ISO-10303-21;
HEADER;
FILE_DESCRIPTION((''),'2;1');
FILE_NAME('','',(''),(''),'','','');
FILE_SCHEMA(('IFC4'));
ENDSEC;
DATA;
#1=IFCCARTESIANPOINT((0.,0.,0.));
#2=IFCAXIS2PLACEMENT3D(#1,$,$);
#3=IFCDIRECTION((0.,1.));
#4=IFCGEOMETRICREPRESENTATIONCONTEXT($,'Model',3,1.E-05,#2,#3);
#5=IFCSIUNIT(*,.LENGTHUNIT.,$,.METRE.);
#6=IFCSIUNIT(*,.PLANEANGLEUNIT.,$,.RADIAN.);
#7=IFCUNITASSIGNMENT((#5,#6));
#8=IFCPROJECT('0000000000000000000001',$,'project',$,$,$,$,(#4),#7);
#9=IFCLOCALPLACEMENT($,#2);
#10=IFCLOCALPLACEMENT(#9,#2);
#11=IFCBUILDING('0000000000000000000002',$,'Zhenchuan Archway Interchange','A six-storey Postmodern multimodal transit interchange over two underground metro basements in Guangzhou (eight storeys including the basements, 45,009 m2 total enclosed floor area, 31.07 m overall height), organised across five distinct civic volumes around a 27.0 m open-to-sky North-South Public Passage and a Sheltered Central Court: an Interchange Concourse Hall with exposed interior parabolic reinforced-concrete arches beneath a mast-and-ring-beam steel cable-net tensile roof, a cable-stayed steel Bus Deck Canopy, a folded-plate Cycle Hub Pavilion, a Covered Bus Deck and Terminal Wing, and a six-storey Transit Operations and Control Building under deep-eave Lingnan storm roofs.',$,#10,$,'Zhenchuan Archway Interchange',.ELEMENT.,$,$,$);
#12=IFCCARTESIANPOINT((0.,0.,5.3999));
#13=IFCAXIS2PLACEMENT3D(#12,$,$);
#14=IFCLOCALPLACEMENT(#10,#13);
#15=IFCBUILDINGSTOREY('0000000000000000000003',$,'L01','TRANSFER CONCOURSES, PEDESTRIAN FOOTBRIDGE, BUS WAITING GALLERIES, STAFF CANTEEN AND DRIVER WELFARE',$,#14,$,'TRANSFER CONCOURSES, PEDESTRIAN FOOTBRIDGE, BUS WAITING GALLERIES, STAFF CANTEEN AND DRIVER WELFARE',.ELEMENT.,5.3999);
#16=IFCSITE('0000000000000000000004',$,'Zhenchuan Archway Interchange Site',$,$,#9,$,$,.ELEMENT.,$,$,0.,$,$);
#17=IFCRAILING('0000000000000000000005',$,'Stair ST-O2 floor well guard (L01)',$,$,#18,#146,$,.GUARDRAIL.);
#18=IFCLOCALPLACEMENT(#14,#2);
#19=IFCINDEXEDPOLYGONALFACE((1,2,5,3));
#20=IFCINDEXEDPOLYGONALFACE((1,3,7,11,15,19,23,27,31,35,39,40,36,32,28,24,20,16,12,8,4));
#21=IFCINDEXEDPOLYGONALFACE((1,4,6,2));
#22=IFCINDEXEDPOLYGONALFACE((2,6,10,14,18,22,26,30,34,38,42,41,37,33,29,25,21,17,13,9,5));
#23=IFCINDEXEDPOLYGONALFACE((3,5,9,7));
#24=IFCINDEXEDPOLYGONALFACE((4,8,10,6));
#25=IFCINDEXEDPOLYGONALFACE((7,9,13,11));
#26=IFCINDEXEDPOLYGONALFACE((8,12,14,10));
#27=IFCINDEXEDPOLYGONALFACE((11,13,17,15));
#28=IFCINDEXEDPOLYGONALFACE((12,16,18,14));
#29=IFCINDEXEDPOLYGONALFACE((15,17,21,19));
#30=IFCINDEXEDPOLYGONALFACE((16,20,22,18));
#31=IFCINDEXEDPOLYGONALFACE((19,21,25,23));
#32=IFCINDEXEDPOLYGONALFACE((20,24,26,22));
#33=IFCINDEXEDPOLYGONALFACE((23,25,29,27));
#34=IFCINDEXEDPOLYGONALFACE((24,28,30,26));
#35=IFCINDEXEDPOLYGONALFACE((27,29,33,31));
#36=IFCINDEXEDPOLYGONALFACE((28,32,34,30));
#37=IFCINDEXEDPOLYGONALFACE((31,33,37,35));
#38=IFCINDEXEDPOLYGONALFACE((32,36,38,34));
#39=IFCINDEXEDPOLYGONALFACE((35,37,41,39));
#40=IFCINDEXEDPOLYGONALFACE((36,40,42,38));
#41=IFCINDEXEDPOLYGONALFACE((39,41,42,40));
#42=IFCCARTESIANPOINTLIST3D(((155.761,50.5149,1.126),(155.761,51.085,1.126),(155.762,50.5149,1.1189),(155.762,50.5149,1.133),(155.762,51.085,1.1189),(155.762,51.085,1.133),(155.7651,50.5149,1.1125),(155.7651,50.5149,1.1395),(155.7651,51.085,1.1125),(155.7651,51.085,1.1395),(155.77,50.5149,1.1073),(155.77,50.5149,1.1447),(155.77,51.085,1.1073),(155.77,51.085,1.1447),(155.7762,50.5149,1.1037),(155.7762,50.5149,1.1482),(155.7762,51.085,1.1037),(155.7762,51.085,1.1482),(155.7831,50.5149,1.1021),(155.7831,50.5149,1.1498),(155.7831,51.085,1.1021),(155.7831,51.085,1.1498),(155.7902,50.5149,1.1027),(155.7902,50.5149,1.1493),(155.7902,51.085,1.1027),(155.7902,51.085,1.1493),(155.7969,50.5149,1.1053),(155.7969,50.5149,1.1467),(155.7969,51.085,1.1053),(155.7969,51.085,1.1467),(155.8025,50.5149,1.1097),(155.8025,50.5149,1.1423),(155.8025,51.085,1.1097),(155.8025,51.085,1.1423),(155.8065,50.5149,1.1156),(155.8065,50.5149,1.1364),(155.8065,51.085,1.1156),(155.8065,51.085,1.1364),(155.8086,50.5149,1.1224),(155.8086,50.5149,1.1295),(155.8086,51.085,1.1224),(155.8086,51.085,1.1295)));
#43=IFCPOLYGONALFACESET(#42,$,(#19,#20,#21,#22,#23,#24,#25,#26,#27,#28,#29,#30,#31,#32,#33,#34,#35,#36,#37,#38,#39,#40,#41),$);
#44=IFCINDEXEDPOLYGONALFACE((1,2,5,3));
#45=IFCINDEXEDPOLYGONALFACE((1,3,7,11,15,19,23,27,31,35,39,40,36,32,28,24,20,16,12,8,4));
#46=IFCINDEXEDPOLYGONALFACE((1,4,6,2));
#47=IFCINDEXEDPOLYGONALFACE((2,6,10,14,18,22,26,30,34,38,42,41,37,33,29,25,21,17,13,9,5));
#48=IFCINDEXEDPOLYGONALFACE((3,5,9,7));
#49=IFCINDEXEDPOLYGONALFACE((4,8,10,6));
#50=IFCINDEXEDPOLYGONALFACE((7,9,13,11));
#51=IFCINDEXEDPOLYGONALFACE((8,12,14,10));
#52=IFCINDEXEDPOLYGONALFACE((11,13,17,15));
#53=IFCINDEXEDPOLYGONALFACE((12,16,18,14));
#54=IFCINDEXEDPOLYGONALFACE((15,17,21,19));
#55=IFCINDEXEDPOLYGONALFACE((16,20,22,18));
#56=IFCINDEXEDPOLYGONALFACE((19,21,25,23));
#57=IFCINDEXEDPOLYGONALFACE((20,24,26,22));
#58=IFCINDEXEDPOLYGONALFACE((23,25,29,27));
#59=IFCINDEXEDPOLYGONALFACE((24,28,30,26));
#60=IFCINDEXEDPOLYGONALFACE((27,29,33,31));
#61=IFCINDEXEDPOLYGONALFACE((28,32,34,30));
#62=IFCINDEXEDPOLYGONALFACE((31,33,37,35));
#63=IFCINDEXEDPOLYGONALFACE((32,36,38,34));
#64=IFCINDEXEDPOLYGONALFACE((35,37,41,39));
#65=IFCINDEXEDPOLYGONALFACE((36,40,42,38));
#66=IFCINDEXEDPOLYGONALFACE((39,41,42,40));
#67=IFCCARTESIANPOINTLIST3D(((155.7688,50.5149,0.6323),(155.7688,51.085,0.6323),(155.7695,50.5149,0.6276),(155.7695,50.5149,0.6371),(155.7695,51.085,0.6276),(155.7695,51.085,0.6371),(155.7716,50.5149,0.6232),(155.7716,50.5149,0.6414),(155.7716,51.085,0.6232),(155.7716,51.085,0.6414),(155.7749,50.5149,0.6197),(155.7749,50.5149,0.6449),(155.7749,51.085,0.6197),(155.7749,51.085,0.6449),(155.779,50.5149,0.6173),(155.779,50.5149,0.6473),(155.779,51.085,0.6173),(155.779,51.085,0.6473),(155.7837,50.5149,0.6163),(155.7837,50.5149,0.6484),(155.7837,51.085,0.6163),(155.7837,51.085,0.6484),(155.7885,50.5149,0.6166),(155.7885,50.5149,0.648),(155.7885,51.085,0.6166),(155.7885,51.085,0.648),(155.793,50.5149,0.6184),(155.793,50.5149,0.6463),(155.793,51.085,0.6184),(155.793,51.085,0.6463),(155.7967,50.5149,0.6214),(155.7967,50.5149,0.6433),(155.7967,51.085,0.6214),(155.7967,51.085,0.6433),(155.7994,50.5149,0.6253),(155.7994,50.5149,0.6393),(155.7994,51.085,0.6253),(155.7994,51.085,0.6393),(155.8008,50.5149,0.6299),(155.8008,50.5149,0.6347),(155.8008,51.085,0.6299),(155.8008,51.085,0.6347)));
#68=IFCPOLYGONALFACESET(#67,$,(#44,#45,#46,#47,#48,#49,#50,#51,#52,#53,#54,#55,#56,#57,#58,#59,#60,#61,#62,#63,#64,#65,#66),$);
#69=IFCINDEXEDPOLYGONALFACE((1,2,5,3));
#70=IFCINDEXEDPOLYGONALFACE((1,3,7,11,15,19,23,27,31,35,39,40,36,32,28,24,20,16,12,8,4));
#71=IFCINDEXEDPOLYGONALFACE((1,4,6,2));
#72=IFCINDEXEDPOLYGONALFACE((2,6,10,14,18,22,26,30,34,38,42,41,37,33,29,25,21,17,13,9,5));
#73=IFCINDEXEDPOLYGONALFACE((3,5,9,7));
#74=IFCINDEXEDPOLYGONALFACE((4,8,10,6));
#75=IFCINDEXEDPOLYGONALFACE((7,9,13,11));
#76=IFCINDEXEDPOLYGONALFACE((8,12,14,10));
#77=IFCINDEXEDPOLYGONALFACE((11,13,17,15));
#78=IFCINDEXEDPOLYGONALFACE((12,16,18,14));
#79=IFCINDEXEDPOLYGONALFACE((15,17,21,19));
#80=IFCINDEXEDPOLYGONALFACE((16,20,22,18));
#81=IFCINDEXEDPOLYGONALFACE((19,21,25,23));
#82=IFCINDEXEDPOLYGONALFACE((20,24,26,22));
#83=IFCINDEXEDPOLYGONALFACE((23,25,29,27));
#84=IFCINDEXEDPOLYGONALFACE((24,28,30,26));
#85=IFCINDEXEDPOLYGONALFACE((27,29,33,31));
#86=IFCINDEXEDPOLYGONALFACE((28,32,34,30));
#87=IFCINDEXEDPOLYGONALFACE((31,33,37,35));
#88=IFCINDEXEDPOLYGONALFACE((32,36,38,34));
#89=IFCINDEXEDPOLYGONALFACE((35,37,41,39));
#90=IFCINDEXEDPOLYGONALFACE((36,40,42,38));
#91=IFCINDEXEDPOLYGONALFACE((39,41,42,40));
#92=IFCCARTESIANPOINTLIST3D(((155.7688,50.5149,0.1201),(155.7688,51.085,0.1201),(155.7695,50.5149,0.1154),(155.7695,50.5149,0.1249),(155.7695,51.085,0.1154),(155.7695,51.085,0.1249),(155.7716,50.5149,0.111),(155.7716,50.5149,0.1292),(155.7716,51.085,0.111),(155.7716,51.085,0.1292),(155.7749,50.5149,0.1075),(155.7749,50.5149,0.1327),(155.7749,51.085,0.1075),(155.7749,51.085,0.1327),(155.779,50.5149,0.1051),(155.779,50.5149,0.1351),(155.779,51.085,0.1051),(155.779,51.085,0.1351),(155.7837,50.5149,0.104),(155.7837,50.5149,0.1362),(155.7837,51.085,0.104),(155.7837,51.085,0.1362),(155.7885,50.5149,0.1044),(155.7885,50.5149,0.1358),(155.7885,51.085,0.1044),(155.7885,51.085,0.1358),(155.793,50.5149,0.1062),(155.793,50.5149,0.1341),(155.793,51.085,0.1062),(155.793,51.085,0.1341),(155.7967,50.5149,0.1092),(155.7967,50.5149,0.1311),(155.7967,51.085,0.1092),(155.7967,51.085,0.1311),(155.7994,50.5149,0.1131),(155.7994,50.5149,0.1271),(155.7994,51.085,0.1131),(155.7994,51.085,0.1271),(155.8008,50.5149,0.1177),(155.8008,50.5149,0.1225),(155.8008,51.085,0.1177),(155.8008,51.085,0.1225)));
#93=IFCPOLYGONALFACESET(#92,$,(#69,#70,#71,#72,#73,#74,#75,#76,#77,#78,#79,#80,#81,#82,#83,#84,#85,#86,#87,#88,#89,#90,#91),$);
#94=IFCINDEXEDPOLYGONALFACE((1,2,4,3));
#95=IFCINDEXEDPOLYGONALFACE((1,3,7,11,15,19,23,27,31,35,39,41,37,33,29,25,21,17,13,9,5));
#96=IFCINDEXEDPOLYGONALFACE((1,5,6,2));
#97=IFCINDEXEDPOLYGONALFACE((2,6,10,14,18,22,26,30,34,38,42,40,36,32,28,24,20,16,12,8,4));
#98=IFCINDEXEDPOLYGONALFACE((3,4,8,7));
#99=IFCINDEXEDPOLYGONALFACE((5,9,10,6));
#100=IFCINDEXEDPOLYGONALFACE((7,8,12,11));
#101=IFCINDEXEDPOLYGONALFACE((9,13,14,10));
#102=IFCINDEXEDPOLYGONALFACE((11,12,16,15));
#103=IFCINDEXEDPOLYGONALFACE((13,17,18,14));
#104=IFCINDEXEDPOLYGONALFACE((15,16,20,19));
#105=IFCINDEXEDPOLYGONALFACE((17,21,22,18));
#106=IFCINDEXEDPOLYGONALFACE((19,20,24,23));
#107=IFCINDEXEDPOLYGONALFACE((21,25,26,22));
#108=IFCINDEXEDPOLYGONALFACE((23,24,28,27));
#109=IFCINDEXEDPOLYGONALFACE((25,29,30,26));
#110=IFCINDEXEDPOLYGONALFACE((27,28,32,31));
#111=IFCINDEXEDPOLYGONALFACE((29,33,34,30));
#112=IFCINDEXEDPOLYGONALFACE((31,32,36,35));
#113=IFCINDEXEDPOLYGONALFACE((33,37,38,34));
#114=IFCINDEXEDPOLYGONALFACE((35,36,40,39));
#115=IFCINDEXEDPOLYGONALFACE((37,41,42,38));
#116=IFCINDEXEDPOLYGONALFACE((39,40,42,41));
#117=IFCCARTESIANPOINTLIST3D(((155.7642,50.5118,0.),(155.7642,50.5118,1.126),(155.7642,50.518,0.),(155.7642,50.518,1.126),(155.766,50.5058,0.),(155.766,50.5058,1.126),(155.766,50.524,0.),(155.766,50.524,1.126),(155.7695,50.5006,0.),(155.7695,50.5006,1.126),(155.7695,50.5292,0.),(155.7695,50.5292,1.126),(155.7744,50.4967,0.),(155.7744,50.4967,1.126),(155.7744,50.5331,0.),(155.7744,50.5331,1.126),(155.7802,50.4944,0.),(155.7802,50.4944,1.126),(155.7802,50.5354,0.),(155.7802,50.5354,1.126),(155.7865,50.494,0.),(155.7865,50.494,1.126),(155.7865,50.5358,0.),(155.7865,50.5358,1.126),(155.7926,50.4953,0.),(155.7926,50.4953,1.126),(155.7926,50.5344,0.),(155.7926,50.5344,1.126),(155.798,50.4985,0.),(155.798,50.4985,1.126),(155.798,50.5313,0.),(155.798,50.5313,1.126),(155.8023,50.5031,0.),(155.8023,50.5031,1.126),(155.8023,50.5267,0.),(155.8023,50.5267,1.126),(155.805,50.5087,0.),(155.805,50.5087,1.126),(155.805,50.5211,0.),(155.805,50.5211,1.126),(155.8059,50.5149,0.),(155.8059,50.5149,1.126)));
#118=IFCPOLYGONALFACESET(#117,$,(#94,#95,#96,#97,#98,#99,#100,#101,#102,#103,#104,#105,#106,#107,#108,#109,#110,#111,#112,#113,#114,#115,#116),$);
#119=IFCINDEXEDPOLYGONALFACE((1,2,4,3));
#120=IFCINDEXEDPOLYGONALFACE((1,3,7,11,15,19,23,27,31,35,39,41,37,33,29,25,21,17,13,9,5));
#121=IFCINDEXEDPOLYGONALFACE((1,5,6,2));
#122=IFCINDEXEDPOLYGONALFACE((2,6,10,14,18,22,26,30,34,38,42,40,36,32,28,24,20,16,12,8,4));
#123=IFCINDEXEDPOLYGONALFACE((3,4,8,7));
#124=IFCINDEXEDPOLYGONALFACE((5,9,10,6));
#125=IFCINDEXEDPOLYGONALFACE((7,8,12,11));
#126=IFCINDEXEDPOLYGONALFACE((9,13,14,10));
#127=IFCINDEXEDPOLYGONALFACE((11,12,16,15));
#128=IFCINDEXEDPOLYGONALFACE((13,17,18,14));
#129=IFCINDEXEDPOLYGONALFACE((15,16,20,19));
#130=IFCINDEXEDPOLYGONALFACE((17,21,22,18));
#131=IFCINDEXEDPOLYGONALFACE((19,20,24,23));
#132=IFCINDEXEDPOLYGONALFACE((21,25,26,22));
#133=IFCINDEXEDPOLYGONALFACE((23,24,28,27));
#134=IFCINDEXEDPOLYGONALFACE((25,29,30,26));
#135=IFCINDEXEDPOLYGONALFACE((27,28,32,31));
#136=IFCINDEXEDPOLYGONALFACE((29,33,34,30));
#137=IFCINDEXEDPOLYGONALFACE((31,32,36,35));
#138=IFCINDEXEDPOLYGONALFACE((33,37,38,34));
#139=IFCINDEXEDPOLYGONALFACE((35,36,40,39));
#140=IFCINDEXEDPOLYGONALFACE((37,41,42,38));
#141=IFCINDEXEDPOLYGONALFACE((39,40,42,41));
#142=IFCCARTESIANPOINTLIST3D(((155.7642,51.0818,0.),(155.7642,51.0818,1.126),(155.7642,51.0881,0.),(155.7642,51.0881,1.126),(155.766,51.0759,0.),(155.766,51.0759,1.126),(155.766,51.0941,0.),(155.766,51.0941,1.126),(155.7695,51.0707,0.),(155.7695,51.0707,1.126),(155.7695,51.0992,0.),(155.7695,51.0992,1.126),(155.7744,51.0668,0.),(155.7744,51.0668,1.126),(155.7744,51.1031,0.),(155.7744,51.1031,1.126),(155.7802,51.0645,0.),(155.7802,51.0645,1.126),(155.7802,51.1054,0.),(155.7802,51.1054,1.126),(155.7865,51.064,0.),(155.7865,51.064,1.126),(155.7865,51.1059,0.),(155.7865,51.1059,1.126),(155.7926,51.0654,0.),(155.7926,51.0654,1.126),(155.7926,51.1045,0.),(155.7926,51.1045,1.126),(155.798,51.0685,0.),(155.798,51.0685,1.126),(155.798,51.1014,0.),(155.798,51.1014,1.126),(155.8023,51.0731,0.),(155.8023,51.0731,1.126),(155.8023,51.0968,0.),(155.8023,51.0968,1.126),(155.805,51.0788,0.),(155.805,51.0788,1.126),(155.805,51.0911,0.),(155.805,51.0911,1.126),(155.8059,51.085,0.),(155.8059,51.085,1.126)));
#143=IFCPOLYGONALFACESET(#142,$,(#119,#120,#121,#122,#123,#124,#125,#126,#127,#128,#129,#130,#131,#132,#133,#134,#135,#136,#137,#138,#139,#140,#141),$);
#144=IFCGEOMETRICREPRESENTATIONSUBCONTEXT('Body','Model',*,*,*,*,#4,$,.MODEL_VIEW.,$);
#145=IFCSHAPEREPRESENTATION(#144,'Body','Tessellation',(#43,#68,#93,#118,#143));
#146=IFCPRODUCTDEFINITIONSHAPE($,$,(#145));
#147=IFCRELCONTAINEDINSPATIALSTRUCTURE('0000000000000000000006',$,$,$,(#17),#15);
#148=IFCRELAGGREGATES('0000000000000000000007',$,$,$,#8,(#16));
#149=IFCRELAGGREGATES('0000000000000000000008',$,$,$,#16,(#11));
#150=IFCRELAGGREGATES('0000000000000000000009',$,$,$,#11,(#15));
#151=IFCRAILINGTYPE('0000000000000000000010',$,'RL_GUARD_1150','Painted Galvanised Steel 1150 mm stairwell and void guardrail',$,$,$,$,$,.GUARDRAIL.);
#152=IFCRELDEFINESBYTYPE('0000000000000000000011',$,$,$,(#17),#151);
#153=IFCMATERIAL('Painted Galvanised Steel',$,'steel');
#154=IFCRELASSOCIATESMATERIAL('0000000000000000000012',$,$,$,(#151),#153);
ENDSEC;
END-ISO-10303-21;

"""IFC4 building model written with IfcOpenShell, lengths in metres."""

from ifc_helpers import new_model, si_unit, direction, frame, origin, origin_2d, place, context, subcontext, project, spatial, circle, extrude, material, type_object, element, save


model = new_model("IFC4")

# Units and contexts
model_context = context("Model", 3, precision=1e-05, world=origin(), true_north=direction((0.0, 1.0)))
body_context = subcontext(model_context, "Body", "Model", "MODEL_VIEW")
ifc_project = project(units=[si_unit("LENGTHUNIT", "METRE"), si_unit("PLANEANGLEUNIT", "RADIAN")], contexts=[model_context])

# Site, building, storey
site_placement = place(None, origin())
site = spatial("IfcSite", under=ifc_project, at=site_placement, Name="Zhenchuan Archway Interchange Site", CompositionType="ELEMENT", RefElevation=0.0)
building_placement = place(site_placement, origin())
building = spatial("IfcBuilding", under=site, at=building_placement, Name="Zhenchuan Archway Interchange", Description="A six-storey Postmodern multimodal transit interchange over two underground metro basements in Guangzhou (eight storeys including the basements, 45,009 m2 total enclosed floor area, 31.07 m overall height), organised across five distinct civic volumes around a 27.0 m open-to-sky North-South Public Passage and a Sheltered Central Court: an Interchange Concourse Hall with exposed interior parabolic reinforced-concrete arches beneath a mast-and-ring-beam steel cable-net tensile roof, a cable-stayed steel Bus Deck Canopy, a folded-plate Cycle Hub Pavilion, a Covered Bus Deck and Terminal Wing, and a six-storey Transit Operations and Control Building under deep-eave Lingnan storm roofs.", LongName="Zhenchuan Archway Interchange", CompositionType="ELEMENT")
storey_placement = place(building_placement, frame((0.0, 0.0, 5.3999)))
storey = spatial("IfcBuildingStorey", under=building, at=storey_placement, Name="L01", Description="TRANSFER CONCOURSES, PEDESTRIAN FOOTBRIDGE, BUS WAITING GALLERIES, STAFF CANTEEN AND DRIVER WELFARE", LongName="TRANSFER CONCOURSES, PEDESTRIAN FOOTBRIDGE, BUS WAITING GALLERIES, STAFF CANTEEN AND DRIVER WELFARE", CompositionType="ELEMENT", Elevation=5.3999)

# Railing
ifc_material_1 = material(Name="Painted Galvanised Steel", Category="steel")
railing_type_1 = type_object("IfcRailingType", Name="RL_GUARD_1150", Description="Painted Galvanised Steel 1150 mm stairwell and void guardrail", PredefinedType="GUARDRAIL", material=ifc_material_1)
for number, where, name in (
    (1, (155.7849, 50.5149, 0.0), "Stair ST-O2 floor well guard (L01)"),
):
    element("IfcRailing", number, at=place(storey_placement, frame(where)), inside=storey, type_object=railing_type_1, Name=name, PredefinedType="GUARDRAIL", context=body_context, shape_type="SweptSolid", body=[
        extrude(circle(Radius=0.0239, at=origin_2d()), frame((0.0, 0.0, 1.126), z_axis=(0.0, 1.0, 0.0), x_axis=(-1.0, 0.0, 0.0)), (0.0, 0.0, 1.0), 0.5701),
        extrude(circle(Radius=0.0161, at=origin_2d()), frame((0.0, 0.0, 0.6323), z_axis=(0.0, 1.0, 0.0), x_axis=(-1.0, 0.0, 0.0)), (0.0, 0.0, 1.0), 0.5701),
        extrude(circle(Radius=0.0161, at=origin_2d()), frame((0.0, 0.0, 0.1201), z_axis=(0.0, 1.0, 0.0), x_axis=(-1.0, 0.0, 0.0)), (0.0, 0.0, 1.0), 0.5701),
        extrude(circle(Radius=0.021, at=origin_2d()), origin(), (0.0, 0.0, 1.0), 1.126),
        extrude(circle(Radius=0.021, at=origin_2d()), frame((0.0, 0.5701, 0.0)), (0.0, 0.0, 1.0), 1.126),
    ])

save(model, "model.ifc")
